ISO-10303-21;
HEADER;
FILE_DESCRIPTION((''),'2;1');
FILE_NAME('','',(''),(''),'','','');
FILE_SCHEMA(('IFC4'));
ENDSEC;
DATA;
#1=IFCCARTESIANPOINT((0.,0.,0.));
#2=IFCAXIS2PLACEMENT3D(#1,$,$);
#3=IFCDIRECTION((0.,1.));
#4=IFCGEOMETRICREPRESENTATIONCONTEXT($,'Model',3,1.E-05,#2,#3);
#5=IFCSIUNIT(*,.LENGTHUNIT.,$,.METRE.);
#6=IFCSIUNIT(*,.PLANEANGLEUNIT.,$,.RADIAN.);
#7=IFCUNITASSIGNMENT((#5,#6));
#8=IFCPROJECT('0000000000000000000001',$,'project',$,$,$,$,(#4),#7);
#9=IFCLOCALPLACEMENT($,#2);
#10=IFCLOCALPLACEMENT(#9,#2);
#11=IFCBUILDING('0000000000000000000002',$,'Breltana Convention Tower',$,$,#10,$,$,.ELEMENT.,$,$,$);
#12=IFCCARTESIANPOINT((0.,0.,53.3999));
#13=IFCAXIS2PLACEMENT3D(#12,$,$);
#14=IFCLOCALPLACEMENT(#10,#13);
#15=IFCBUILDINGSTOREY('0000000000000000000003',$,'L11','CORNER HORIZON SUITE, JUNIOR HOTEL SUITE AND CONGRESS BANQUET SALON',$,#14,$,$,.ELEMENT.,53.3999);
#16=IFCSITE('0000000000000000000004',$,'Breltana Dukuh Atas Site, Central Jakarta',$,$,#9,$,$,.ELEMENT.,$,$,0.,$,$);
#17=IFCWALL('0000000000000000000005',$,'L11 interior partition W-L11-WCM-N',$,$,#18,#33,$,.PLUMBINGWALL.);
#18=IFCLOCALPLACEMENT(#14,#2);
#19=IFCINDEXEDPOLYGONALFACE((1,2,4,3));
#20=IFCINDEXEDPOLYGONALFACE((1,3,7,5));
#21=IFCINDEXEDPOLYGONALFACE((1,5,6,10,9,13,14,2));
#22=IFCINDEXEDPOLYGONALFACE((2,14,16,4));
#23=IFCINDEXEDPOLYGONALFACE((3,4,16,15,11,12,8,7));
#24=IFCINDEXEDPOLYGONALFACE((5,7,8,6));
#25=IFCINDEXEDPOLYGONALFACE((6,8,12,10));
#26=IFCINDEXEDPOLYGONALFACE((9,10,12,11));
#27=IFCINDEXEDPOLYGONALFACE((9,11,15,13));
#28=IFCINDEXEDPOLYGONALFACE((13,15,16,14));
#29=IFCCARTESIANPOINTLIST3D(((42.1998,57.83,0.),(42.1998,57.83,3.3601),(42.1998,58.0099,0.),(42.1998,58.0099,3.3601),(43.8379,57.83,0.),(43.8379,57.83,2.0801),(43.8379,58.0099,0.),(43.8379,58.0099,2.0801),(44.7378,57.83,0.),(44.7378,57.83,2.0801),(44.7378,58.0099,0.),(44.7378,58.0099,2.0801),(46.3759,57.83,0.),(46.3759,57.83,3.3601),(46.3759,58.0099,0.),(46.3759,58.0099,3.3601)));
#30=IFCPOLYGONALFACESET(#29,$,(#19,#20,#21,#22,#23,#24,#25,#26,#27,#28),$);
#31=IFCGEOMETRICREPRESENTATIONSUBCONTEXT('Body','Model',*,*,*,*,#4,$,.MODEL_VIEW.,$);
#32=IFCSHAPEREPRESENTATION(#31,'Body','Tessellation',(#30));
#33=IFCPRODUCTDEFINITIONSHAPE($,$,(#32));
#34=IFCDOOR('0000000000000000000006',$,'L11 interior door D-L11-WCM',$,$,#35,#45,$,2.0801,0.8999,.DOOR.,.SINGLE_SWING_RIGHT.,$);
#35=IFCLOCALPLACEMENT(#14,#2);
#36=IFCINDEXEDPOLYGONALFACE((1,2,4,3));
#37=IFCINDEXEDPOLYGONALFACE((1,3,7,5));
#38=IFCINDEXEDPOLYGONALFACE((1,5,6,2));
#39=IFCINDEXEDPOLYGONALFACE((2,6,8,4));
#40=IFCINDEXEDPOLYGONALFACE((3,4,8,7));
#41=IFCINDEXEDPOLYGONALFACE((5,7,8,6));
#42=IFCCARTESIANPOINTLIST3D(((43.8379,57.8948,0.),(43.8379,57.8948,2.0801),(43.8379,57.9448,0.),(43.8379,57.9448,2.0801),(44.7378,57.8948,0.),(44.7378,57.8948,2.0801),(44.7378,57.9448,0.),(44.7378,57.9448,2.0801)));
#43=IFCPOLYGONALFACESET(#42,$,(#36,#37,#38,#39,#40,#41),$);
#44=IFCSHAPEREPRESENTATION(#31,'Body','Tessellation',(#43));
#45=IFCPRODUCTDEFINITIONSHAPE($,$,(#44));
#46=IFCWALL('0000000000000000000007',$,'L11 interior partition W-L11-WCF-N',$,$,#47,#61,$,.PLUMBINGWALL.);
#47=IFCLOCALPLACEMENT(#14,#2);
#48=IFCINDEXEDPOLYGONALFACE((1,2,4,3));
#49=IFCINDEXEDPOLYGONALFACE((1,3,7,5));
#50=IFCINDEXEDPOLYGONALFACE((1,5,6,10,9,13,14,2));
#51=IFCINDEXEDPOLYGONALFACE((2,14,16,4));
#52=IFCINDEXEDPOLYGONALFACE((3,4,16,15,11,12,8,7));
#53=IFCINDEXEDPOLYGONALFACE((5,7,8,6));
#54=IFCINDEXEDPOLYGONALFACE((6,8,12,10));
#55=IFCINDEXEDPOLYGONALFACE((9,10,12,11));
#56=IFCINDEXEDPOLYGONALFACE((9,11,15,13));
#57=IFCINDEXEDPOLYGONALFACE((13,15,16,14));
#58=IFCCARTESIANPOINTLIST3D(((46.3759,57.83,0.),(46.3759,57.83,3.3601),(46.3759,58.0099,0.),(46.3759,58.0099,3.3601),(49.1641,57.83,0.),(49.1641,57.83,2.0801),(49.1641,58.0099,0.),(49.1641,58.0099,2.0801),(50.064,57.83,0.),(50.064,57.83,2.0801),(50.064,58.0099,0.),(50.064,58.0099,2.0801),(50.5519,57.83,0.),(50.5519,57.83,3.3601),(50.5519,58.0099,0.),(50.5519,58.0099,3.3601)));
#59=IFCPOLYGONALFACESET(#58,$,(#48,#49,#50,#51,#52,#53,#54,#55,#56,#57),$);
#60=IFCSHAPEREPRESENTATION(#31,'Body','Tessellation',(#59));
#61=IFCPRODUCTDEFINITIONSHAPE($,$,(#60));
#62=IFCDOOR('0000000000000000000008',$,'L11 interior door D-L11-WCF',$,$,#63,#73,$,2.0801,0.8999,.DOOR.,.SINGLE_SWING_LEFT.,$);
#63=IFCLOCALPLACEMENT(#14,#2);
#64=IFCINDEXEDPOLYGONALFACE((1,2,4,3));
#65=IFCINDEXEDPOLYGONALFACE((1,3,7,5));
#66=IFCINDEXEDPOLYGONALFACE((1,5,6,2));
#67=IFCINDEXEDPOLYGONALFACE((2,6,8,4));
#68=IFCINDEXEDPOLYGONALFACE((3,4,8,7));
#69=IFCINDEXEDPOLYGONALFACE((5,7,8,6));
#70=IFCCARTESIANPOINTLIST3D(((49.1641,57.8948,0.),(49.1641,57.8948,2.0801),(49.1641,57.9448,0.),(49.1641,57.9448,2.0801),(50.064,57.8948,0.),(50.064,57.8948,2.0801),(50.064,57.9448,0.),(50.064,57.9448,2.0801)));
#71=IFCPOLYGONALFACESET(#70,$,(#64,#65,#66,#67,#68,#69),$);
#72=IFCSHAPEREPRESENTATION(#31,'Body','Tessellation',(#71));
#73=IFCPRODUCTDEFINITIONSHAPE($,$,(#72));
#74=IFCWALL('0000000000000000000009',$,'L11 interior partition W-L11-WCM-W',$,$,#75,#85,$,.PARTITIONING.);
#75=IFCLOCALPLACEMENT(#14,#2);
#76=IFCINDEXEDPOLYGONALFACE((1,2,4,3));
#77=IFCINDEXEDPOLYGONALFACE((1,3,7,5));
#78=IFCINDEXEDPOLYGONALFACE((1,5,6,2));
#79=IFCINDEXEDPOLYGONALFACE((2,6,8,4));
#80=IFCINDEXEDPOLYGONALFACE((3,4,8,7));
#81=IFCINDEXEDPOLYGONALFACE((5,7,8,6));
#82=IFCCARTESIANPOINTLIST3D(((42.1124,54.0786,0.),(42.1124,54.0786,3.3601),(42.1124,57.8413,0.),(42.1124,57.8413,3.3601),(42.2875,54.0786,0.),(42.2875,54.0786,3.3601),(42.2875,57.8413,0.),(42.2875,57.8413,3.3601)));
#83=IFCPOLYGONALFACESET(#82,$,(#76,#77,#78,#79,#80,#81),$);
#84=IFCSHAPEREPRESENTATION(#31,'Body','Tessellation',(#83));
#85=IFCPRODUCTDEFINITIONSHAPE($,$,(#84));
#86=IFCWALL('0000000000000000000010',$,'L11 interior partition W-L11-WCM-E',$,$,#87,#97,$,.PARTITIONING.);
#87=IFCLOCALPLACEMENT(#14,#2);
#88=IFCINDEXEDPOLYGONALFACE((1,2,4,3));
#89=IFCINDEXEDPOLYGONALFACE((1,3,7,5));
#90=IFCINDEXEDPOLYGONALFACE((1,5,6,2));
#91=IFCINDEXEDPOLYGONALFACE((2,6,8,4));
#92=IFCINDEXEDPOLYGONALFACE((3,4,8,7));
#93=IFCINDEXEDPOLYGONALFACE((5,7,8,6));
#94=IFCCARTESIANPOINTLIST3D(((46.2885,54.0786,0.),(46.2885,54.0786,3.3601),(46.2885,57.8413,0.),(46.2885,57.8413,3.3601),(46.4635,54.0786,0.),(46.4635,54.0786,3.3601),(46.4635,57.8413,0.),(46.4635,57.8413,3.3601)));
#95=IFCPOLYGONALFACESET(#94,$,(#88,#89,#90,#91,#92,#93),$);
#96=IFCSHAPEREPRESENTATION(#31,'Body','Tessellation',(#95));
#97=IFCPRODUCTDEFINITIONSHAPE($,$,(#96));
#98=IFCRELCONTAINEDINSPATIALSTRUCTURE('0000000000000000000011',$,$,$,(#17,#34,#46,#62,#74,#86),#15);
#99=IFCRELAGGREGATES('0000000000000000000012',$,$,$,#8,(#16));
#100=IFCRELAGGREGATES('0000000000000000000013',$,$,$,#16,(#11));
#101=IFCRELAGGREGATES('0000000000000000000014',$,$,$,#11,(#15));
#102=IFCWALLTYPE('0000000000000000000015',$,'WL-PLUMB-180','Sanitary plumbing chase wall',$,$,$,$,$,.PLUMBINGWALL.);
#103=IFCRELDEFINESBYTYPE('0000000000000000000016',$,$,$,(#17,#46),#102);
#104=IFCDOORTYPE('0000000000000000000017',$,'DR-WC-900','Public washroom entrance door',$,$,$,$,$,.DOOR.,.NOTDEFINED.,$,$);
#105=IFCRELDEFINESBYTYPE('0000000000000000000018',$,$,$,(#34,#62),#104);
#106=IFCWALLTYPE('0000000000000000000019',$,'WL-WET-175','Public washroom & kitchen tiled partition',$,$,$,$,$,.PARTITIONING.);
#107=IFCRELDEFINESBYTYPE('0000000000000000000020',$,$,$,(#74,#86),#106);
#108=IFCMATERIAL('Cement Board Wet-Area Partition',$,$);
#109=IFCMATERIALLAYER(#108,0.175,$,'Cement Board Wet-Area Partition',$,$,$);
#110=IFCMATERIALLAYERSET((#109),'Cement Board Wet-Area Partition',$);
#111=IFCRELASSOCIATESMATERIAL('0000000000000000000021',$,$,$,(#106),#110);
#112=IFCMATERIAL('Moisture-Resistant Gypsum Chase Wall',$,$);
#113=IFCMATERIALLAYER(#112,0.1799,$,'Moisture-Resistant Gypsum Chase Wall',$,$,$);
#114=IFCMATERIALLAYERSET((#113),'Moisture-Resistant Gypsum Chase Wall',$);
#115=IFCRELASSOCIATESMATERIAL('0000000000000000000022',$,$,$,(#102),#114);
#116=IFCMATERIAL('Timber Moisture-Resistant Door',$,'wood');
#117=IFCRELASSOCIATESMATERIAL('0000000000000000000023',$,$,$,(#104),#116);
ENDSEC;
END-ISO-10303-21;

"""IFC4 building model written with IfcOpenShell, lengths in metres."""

from ifc_helpers import new_model, si_unit, direction, frame, frame_2d, origin, place, context, subcontext, project, spatial, rectangle, extrude, source, transform, mapped, material, layer, layer_set, type_object, type_shapes, element, fill, save


model = new_model("IFC4")

# Units and contexts
model_context = context("Model", 3, precision=1e-05, world=origin(), true_north=direction((0.0, 1.0)))
body_context = subcontext(model_context, "Body", "Model", "MODEL_VIEW")
ifc_project = project(units=[si_unit("LENGTHUNIT", "METRE"), si_unit("PLANEANGLEUNIT", "RADIAN")], contexts=[model_context])

# Site, building, storey
site_placement = place(None, origin())
site = spatial("IfcSite", under=ifc_project, at=site_placement, Name="Breltana Dukuh Atas Site, Central Jakarta", CompositionType="ELEMENT", RefElevation=0.0)
building_placement = place(site_placement, origin())
building = spatial("IfcBuilding", under=site, at=building_placement, Name="Breltana Convention Tower", CompositionType="ELEMENT")
storey_placement = place(building_placement, frame((0.0, 0.0, 53.3999)))
storey = spatial("IfcBuildingStorey", under=building, at=storey_placement, Name="L11", Description="CORNER HORIZON SUITE, JUNIOR HOTEL SUITE AND CONGRESS BANQUET SALON", CompositionType="ELEMENT", Elevation=53.3999)

# Shared definitions
ifc_material_1 = material(Name="Cement Board Wet-Area Partition")
ifc_layer_1 = layer(ifc_material_1, 0.175, Name="Cement Board Wet-Area Partition")
ifc_layer_set_1 = layer_set([ifc_layer_1], Name="Cement Board Wet-Area Partition")
wall_type_1 = type_object("IfcWallType", Name="WL-WET-175", Description="Public washroom & kitchen tiled partition", PredefinedType="PARTITIONING", material=ifc_layer_set_1)

# Walls, openings, doors
ifc_material_2 = material(Name="Moisture-Resistant Gypsum Chase Wall")
ifc_layer_2 = layer(ifc_material_2, 0.1799, Name="Moisture-Resistant Gypsum Chase Wall")
ifc_layer_set_2 = layer_set([ifc_layer_2], Name="Moisture-Resistant Gypsum Chase Wall")
wall_type_2 = type_object("IfcWallType", Name="WL-PLUMB-180", Description="Sanitary plumbing chase wall", PredefinedType="PLUMBINGWALL", material=ifc_layer_set_2)
shared_shape_1 = source(origin(), body_context, "Body", "SweptSolid", [
    extrude(rectangle(XDim=4.176, YDim=0.1799, at=frame_2d((2.0879, 0.0))), origin(), (0.0, 0.0, 1.0), 3.3601),
])
wall_1_placement = place(storey_placement, frame((42.2, 57.9199, 0.0), z_axis=(0.0, 0.0, 1.0), x_axis=(1.0, 0.0, 0.0)))
wall_1 = element("IfcWall", 1, at=wall_1_placement, inside=storey, type_object=wall_type_2, Name="L11 interior partition W-L11-WCM-N", PredefinedType="PLUMBINGWALL", context=body_context, shape_type="MappedRepresentation", body=[
    mapped(shared_shape_1, transform((0.0, 0.0, 0.0), scale=1.0)),
])
opening_1_placement = place(wall_1_placement, frame((1.6379, 0.0, 0.0)))
opening_1 = element("IfcOpeningElement", 2, at=opening_1_placement, cuts=wall_1, PredefinedType="OPENING", context=body_context, shape_type="SweptSolid", body=[
    extrude(rectangle(XDim=0.8999, YDim=2.0801, at=frame_2d((0.45, 1.04))), frame((0.0, 0.1001, 0.0), z_axis=(0.0, -1.0, 0.0), x_axis=(1.0, 0.0, 0.0)), (0.0, 0.0, 1.0), 0.2),
])
ifc_material_3 = material(Name="Timber Moisture-Resistant Door", Category="wood")
door_type = type_object("IfcDoorType", Name="DR-WC-900", Description="Public washroom entrance door", OperationType="NOTDEFINED", PredefinedType="DOOR", material=ifc_material_3)
shared_shape_2 = source(origin(), body_context, "Body", "SweptSolid", [
    extrude(rectangle(XDim=0.8999, YDim=2.0801, at=frame_2d((0.45, 1.04))), frame((0.0, 0.0249, 0.0), z_axis=(0.0, -1.0, 0.0), x_axis=(1.0, 0.0, 0.0)), (0.0, 0.0, 1.0), 0.05),
])
type_shapes(door_type, [shared_shape_2])
door_1_placement = place(opening_1_placement, origin())
door_1 = element("IfcDoor", 3, at=door_1_placement, inside=storey, type_object=door_type, Name="L11 interior door D-L11-WCM", OperationType="SINGLE_SWING_RIGHT", OverallHeight=2.0801, OverallWidth=0.8999, PredefinedType="DOOR", context=body_context, shape_type="MappedRepresentation", body=[
    mapped(shared_shape_2, transform((0.0, 0.0, 0.0), scale=1.0)),
])
fill(opening_1, door_1)
wall_2_placement = place(storey_placement, frame((46.376, 57.9199, 0.0), z_axis=(0.0, 0.0, 1.0), x_axis=(1.0, 0.0, 0.0)))
wall_2 = element("IfcWall", 4, at=wall_2_placement, inside=storey, type_object=wall_type_2, Name="L11 interior partition W-L11-WCF-N", PredefinedType="PLUMBINGWALL", context=body_context, shape_type="MappedRepresentation", body=[
    mapped(shared_shape_1, transform((0.0, 0.0, 0.0), scale=1.0)),
])
opening_2_placement = place(wall_2_placement, frame((2.7881, 0.0, 0.0)))
opening_2 = element("IfcOpeningElement", 5, at=opening_2_placement, cuts=wall_2, PredefinedType="OPENING", context=body_context, shape_type="SweptSolid", body=[
    extrude(rectangle(XDim=0.8999, YDim=2.0801, at=frame_2d((0.45, 1.04))), frame((0.0, 0.1001, 0.0), z_axis=(0.0, -1.0, 0.0), x_axis=(1.0, 0.0, 0.0)), (0.0, 0.0, 1.0), 0.2),
])
door_2_placement = place(opening_2_placement, origin())
door_2 = element("IfcDoor", 6, at=door_2_placement, inside=storey, type_object=door_type, Name="L11 interior door D-L11-WCF", OperationType="SINGLE_SWING_LEFT", OverallHeight=2.0801, OverallWidth=0.8999, PredefinedType="DOOR", context=body_context, shape_type="MappedRepresentation", body=[
    mapped(shared_shape_2, transform((0.0, 0.0, 0.0), scale=1.0)),
])
fill(opening_2, door_2)

# Walls
shared_shape_3 = source(origin(), body_context, "Body", "SweptSolid", [
    extrude(rectangle(XDim=3.7627, YDim=0.175, at=frame_2d((1.8813, 0.0))), origin(), (0.0, 0.0, 1.0), 3.3601),
])
for number, where, z_axis, x_axis, name in (
    (7, (42.2, 54.0786, 0.0), (0.0, 0.0, 1.0), (0.0, 1.0, 0.0), "L11 interior partition W-L11-WCM-W"),
    (8, (46.376, 54.0786, 0.0), (0.0, 0.0, 1.0), (0.0, 1.0, 0.0), "L11 interior partition W-L11-WCM-E"),
):
    element("IfcWall", number, at=place(storey_placement, frame(where, z_axis=z_axis, x_axis=x_axis)), inside=storey, type_object=wall_type_1, Name=name, PredefinedType="PARTITIONING", context=body_context, shape_type="MappedRepresentation", body=[
        mapped(shared_shape_3, transform((0.0, 0.0, 0.0), scale=1.0)),
    ])

save(model, "model.ifc")
